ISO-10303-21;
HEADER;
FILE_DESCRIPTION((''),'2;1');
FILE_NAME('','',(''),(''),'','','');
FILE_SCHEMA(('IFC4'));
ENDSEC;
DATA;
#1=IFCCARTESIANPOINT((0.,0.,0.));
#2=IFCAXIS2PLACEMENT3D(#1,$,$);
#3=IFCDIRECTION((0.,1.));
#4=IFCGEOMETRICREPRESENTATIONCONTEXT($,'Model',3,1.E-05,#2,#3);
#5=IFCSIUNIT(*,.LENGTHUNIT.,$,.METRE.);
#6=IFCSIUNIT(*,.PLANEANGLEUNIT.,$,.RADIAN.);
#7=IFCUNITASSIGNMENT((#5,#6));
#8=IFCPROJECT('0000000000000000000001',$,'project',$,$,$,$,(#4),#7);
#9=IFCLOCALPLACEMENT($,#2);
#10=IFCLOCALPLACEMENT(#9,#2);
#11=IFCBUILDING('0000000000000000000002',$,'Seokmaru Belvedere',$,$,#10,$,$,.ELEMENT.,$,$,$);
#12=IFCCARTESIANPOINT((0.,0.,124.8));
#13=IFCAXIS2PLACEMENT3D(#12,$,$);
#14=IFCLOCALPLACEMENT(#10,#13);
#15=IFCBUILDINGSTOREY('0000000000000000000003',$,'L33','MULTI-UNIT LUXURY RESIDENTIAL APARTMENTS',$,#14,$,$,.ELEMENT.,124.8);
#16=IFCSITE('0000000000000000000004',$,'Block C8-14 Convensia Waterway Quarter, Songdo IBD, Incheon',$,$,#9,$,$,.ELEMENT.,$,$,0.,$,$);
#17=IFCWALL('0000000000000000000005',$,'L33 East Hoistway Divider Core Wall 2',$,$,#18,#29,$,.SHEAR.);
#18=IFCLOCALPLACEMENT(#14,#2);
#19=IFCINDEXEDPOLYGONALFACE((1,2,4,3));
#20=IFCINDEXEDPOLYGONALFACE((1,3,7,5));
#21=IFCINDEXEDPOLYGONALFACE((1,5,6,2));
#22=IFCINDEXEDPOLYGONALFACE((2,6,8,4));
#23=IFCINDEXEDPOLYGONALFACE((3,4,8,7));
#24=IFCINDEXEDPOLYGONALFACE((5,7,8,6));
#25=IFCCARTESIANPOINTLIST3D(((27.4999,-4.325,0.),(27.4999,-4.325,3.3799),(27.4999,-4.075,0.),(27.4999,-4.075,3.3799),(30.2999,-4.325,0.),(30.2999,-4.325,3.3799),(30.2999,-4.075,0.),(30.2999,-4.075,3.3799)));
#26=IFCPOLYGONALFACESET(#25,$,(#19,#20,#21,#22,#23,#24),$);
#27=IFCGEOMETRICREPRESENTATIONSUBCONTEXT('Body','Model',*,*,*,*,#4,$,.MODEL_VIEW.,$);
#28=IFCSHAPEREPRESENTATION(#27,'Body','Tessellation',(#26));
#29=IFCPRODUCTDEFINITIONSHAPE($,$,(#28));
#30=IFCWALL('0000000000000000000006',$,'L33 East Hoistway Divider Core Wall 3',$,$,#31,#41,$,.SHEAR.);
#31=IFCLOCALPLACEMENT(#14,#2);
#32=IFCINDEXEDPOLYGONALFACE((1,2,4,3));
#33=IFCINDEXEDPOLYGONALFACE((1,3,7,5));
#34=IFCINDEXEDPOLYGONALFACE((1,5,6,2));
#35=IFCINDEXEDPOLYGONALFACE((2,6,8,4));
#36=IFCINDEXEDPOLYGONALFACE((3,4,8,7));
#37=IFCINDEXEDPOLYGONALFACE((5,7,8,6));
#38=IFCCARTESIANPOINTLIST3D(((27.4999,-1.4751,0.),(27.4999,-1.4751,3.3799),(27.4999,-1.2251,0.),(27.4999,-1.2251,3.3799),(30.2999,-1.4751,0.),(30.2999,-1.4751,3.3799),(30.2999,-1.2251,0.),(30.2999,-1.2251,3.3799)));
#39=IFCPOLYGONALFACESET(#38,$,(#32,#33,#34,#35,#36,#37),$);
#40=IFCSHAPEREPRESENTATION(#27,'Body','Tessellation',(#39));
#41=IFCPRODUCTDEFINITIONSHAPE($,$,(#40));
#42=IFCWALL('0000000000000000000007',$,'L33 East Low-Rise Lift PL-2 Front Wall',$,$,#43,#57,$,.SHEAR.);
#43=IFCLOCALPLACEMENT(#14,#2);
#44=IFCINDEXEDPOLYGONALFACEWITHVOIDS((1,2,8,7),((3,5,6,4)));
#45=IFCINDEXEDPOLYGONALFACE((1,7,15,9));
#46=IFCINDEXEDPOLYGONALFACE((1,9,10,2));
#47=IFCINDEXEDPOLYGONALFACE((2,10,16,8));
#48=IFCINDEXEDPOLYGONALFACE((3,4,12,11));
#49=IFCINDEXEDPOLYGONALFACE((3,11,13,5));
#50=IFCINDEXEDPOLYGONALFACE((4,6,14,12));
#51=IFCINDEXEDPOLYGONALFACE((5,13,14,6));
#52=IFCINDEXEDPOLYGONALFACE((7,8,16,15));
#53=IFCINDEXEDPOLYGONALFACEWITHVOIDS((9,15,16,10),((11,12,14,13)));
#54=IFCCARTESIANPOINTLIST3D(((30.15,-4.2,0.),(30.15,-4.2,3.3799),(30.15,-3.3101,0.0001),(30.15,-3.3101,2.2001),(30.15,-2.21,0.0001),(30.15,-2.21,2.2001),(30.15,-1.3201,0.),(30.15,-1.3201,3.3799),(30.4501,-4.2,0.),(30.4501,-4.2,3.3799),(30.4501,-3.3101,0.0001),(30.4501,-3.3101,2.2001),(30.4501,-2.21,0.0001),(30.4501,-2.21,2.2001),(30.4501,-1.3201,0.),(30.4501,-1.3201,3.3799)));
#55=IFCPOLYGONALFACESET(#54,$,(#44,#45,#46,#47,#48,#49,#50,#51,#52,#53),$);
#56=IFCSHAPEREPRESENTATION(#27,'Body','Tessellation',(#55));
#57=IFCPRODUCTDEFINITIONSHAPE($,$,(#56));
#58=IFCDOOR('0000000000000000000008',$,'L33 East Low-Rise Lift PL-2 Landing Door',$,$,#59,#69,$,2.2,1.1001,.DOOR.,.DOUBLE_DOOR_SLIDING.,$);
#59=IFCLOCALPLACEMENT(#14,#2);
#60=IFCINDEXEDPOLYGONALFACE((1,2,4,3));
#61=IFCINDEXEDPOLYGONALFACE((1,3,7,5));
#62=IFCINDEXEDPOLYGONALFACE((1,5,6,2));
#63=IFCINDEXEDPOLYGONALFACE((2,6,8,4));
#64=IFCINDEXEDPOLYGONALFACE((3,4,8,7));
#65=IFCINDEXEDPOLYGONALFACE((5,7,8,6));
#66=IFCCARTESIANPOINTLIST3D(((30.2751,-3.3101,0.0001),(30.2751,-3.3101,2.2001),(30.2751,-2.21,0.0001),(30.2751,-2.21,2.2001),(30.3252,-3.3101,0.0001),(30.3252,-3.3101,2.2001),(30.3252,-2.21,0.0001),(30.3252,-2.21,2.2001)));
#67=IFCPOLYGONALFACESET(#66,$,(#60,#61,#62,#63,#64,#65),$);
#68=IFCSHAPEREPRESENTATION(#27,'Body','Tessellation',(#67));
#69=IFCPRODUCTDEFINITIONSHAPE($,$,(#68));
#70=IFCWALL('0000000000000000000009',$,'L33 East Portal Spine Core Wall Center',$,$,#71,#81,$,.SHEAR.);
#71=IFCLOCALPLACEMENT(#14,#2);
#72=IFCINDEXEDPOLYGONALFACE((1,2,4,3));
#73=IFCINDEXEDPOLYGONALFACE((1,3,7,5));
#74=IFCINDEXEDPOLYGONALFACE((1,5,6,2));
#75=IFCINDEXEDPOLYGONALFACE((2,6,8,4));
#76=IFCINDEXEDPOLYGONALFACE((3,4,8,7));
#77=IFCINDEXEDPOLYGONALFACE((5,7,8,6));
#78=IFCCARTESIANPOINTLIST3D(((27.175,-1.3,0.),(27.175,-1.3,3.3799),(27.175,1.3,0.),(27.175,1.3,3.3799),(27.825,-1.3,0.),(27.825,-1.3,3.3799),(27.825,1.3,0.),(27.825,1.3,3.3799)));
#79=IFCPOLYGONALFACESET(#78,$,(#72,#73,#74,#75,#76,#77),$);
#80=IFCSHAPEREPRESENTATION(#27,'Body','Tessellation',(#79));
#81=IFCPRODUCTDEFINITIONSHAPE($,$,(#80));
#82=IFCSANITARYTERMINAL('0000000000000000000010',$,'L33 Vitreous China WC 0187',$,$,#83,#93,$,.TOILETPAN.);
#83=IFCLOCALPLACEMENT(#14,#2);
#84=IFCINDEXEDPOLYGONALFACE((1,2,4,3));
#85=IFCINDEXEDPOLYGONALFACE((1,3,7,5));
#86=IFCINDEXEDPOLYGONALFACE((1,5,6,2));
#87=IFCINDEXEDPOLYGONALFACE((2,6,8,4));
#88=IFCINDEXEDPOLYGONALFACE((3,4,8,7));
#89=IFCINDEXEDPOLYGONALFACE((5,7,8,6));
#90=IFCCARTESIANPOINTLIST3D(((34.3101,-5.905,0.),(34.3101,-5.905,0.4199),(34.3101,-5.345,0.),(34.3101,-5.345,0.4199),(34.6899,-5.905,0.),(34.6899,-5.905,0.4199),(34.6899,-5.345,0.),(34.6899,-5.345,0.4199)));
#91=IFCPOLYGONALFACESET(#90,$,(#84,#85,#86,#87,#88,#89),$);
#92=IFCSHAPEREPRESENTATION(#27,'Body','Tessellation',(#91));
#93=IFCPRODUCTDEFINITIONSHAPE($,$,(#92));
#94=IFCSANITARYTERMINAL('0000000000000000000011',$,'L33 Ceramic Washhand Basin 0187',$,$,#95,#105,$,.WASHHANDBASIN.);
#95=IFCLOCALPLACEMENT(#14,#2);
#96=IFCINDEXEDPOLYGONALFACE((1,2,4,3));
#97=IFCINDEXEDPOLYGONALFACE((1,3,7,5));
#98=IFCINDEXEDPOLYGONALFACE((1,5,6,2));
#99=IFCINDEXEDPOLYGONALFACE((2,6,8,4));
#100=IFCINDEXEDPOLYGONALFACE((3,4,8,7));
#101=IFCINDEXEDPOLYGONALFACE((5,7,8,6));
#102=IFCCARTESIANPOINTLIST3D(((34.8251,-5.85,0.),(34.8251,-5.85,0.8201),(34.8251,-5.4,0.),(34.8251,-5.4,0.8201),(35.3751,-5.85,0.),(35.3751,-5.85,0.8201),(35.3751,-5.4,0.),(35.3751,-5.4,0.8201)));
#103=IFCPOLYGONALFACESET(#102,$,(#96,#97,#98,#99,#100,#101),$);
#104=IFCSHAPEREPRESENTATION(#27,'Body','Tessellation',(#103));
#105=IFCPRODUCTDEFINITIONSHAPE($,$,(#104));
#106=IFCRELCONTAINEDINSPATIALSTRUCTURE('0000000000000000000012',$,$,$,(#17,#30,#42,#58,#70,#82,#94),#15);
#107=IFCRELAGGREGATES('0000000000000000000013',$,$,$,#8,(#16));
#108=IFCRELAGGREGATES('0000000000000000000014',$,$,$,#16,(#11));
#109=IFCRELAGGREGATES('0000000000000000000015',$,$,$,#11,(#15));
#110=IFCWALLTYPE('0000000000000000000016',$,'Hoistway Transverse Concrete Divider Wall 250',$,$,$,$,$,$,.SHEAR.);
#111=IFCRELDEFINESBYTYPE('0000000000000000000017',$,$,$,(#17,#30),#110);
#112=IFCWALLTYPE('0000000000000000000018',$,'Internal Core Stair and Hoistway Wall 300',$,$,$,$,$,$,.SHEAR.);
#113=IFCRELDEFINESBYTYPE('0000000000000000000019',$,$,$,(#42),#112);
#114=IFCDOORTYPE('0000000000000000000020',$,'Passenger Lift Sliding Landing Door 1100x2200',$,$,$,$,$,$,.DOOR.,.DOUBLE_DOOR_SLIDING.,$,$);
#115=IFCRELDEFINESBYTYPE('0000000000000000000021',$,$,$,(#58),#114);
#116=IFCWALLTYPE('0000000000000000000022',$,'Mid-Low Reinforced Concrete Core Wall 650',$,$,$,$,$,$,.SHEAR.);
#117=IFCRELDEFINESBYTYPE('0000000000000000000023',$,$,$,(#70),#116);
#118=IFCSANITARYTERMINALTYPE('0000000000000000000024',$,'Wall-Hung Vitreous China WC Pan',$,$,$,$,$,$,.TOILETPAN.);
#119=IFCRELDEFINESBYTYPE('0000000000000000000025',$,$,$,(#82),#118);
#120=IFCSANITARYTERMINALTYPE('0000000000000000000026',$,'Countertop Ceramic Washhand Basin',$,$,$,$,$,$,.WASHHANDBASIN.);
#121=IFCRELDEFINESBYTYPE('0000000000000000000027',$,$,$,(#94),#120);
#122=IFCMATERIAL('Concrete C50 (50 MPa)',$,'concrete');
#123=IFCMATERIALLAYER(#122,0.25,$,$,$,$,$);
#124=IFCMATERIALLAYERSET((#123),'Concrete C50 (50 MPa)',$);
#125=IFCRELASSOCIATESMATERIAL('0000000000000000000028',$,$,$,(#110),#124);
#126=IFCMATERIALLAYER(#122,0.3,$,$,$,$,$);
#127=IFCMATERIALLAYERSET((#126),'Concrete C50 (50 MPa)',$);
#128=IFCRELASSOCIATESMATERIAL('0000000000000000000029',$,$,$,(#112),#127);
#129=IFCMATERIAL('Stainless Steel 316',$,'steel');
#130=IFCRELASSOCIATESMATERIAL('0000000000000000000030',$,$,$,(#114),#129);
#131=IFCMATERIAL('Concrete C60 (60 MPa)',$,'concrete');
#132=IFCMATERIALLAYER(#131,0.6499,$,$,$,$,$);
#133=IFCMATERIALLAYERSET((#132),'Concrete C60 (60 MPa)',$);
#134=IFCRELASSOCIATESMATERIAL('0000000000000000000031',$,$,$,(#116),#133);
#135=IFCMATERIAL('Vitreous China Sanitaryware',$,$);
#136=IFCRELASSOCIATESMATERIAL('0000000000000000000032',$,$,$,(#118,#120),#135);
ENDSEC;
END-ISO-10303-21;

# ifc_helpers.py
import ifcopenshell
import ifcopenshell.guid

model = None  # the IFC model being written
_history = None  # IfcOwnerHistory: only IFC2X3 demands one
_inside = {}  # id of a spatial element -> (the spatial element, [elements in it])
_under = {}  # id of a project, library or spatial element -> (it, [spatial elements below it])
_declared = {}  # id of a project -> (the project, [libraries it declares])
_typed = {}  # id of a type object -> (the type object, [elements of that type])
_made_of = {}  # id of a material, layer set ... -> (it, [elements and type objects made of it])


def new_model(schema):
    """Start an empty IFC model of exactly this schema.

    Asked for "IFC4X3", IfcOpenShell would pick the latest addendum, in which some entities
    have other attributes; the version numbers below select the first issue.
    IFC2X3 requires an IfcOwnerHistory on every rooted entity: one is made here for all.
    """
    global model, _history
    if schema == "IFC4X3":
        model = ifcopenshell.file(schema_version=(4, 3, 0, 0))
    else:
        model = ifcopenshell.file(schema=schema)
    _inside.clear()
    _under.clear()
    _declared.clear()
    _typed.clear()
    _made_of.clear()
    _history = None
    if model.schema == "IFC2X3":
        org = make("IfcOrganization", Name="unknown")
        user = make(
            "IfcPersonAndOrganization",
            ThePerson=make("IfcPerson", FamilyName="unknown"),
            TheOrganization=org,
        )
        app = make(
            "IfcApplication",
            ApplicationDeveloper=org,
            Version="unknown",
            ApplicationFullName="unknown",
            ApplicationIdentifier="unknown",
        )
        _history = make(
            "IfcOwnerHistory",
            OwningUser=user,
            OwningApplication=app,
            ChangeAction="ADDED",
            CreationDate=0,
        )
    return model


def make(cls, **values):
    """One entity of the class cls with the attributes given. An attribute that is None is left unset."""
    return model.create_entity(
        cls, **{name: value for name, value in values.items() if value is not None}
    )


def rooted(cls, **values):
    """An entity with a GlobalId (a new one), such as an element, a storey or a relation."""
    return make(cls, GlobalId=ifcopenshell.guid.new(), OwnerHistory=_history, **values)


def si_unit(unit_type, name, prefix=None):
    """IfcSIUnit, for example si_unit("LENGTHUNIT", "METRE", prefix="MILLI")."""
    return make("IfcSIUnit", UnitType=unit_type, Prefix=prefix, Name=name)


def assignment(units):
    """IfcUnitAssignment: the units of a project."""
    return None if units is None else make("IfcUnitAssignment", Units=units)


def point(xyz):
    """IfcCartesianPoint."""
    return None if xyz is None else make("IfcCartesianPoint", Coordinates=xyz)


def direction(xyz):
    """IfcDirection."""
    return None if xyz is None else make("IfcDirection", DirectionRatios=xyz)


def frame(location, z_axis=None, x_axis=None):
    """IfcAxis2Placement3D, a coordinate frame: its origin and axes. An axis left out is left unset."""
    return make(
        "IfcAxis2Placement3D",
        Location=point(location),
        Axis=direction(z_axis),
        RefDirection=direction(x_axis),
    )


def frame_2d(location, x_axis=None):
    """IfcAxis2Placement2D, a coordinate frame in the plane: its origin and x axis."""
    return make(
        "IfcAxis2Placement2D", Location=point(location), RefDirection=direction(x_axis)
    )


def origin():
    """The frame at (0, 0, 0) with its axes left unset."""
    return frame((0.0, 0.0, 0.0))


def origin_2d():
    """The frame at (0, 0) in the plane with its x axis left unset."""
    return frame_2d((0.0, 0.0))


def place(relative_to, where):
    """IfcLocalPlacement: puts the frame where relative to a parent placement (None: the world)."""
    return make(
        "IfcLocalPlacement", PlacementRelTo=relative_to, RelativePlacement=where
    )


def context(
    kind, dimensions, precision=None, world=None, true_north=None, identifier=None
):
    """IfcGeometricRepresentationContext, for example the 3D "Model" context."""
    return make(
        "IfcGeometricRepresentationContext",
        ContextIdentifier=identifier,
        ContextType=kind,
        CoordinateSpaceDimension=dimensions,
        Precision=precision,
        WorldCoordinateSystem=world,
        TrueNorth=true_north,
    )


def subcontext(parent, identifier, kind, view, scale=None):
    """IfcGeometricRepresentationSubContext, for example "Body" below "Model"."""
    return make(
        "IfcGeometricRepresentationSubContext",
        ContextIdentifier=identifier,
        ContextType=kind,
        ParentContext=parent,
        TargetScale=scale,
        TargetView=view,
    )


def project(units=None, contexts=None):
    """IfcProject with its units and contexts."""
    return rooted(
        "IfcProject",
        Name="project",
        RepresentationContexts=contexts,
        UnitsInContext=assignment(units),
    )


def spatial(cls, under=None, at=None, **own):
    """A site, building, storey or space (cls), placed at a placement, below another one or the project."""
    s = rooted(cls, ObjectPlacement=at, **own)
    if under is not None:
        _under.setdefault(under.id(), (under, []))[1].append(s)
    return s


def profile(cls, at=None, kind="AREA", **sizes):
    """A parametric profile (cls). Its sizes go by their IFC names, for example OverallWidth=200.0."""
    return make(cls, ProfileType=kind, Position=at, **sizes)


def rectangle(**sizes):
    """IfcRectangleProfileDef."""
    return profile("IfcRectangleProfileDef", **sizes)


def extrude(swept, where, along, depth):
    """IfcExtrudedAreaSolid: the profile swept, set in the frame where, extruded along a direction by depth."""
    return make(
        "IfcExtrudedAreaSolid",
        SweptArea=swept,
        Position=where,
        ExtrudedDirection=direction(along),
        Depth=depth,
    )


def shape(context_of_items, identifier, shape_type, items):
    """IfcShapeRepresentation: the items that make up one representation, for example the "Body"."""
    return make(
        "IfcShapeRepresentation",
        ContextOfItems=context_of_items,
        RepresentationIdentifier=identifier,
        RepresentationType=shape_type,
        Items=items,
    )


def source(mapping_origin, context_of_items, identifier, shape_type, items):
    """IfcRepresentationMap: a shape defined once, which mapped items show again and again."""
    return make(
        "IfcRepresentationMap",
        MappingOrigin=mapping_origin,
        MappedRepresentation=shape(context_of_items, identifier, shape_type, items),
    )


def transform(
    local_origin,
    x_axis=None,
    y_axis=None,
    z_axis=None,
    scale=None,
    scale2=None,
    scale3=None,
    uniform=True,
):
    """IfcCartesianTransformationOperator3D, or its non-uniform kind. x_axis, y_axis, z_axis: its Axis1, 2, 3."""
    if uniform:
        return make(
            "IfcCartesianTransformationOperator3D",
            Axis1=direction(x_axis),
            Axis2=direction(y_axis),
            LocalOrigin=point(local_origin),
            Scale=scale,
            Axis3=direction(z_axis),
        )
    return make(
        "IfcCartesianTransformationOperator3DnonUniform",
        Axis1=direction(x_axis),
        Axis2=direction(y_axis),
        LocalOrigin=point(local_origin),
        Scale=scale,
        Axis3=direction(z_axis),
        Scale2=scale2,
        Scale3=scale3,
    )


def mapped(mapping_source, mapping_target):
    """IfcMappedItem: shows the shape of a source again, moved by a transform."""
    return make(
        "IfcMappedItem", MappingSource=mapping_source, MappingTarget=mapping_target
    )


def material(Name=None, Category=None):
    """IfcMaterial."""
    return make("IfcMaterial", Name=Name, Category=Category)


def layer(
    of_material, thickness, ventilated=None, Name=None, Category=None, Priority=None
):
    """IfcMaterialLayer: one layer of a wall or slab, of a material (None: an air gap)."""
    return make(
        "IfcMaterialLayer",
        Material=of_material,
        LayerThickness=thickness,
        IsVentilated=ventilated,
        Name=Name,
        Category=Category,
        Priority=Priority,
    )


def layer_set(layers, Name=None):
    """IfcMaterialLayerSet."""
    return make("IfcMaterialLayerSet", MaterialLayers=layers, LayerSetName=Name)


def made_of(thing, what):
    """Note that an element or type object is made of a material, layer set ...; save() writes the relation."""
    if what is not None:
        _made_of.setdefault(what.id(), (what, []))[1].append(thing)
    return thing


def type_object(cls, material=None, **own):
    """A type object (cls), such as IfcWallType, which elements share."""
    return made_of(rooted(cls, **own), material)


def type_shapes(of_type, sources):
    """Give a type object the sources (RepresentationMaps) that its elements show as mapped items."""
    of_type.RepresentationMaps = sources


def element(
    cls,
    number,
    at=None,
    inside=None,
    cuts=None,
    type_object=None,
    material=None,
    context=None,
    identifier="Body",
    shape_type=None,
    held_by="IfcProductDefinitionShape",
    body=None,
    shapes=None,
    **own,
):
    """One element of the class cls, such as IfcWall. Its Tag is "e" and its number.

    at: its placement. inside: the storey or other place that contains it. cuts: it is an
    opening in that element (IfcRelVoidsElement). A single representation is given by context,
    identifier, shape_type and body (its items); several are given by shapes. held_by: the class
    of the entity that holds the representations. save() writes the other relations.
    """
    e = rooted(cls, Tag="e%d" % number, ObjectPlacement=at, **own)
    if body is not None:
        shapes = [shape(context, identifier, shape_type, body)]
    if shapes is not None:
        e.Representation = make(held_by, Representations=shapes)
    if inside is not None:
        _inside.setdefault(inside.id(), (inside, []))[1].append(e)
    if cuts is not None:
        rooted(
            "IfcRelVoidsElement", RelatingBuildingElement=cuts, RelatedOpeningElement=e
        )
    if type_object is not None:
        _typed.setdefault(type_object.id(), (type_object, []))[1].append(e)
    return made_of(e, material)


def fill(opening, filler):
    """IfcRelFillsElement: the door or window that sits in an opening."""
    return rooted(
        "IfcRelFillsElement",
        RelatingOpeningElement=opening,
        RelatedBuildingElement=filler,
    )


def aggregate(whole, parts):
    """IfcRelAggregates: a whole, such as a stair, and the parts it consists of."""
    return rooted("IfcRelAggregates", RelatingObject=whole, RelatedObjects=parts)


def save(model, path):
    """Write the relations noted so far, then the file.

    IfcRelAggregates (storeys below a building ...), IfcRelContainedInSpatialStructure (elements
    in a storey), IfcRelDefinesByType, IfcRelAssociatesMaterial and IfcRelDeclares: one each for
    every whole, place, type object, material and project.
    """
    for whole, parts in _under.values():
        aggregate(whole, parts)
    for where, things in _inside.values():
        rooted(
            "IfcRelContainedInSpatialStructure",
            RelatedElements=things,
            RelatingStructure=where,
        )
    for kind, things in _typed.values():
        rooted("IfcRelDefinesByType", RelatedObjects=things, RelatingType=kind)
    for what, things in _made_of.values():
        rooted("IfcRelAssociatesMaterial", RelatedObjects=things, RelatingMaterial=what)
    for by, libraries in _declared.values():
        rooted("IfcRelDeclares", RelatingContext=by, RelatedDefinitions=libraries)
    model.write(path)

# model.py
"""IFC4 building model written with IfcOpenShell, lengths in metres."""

from ifc_helpers import new_model, si_unit, direction, frame, frame_2d, origin, origin_2d, place, context, subcontext, project, spatial, rectangle, extrude, source, transform, mapped, material, layer, layer_set, type_object, type_shapes, element, fill, save


model = new_model("IFC4")

# Units and contexts
model_context = context("Model", 3, precision=1e-05, world=origin(), true_north=direction((0.0, 1.0)))
body_context = subcontext(model_context, "Body", "Model", "MODEL_VIEW")
ifc_project = project(units=[si_unit("LENGTHUNIT", "METRE"), si_unit("PLANEANGLEUNIT", "RADIAN")], contexts=[model_context])

# Site, building, storey
site_placement = place(None, origin())
site = spatial("IfcSite", under=ifc_project, at=site_placement, Name="Block C8-14 Convensia Waterway Quarter, Songdo IBD, Incheon", CompositionType="ELEMENT", RefElevation=0.0)
building_placement = place(site_placement, origin())
building = spatial("IfcBuilding", under=site, at=building_placement, Name="Seokmaru Belvedere", CompositionType="ELEMENT")
storey_placement = place(building_placement, frame((0.0, 0.0, 124.8)))
storey = spatial("IfcBuildingStorey", under=building, at=storey_placement, Name="L33", Description="MULTI-UNIT LUXURY RESIDENTIAL APARTMENTS", CompositionType="ELEMENT", Elevation=124.8)

# Walls
ifc_material_1 = material(Name="Concrete C50 (50 MPa)", Category="concrete")
ifc_layer_1 = layer(ifc_material_1, 0.25)
ifc_layer_set_1 = layer_set([ifc_layer_1], Name="Concrete C50 (50 MPa)")
wall_type_1 = type_object("IfcWallType", Name="Hoistway Transverse Concrete Divider Wall 250", PredefinedType="SHEAR", material=ifc_layer_set_1)
for number, where, z_axis, x_axis, name in (
    (1, (27.5, -4.2, 0.0), (0.0, 0.0, 1.0), (1.0, 0.0, 0.0), "L33 East Hoistway Divider Core Wall 2"),
    (2, (27.5, -1.3501, 0.0), (0.0, 0.0, 1.0), (1.0, 0.0, 0.0), "L33 East Hoistway Divider Core Wall 3"),
):
    element("IfcWall", number, at=place(storey_placement, frame(where, z_axis=z_axis, x_axis=x_axis)), inside=storey, type_object=wall_type_1, Name=name, PredefinedType="SHEAR", context=body_context, shape_type="SweptSolid", body=[
        extrude(rectangle(XDim=2.8, YDim=0.25, at=frame_2d((1.3999, 0.0))), origin(), (0.0, 0.0, 1.0), 3.3799),
    ])

# Wall, opening, door
ifc_layer_2 = layer(ifc_material_1, 0.3)
ifc_layer_set_2 = layer_set([ifc_layer_2], Name="Concrete C50 (50 MPa)")
wall_type_2 = type_object("IfcWallType", Name="Internal Core Stair and Hoistway Wall 300", PredefinedType="SHEAR", material=ifc_layer_set_2)
wall_1_placement = place(storey_placement, frame((30.3, -4.2, 0.0), z_axis=(0.0, 0.0, 1.0), x_axis=(0.0, 1.0, 0.0)))
wall_1 = element("IfcWall", 3, at=wall_1_placement, inside=storey, type_object=wall_type_2, Name="L33 East Low-Rise Lift PL-2 Front Wall", PredefinedType="SHEAR", context=body_context, shape_type="SweptSolid", body=[
    extrude(rectangle(XDim=2.8799, YDim=0.3, at=frame_2d((1.4399, 0.0))), origin(), (0.0, 0.0, 1.0), 3.3799),
])
opening_1_placement = place(wall_1_placement, frame((0.8899, 0.0, 0.0)))
opening_1 = element("IfcOpeningElement", 4, at=opening_1_placement, cuts=wall_1, PredefinedType="OPENING", context=body_context, shape_type="SweptSolid", body=[
    extrude(rectangle(XDim=1.1001, YDim=2.2, at=frame_2d((0.55, 1.1001))), frame((0.0, 0.1602, 0.0), z_axis=(0.0, -1.0, 0.0), x_axis=(1.0, 0.0, 0.0)), (0.0, 0.0, 1.0), 0.3201),
])
ifc_material_2 = material(Name="Stainless Steel 316", Category="steel")
door_type_1 = type_object("IfcDoorType", Name="Passenger Lift Sliding Landing Door 1100x2200", OperationType="DOUBLE_DOOR_SLIDING", PredefinedType="DOOR", material=ifc_material_2)
shared_shape_1 = source(origin(), body_context, "Body", "SweptSolid", [
    extrude(rectangle(XDim=1.1001, YDim=2.2, at=frame_2d((0.55, 1.1001))), frame((0.0, 0.0249, 0.0), z_axis=(0.0, -1.0, 0.0), x_axis=(1.0, 0.0, 0.0)), (0.0, 0.0, 1.0), 0.05),
])
type_shapes(door_type_1, [shared_shape_1])
door_1_placement = place(opening_1_placement, origin())
door_1 = element("IfcDoor", 5, at=door_1_placement, inside=storey, type_object=door_type_1, Name="L33 East Low-Rise Lift PL-2 Landing Door", OperationType="DOUBLE_DOOR_SLIDING", OverallHeight=2.2, OverallWidth=1.1001, PredefinedType="DOOR", context=body_context, shape_type="MappedRepresentation", body=[
    mapped(shared_shape_1, transform((0.0, 0.0, 0.0), scale=1.0)),
])
fill(opening_1, door_1)

# Wall
ifc_material_3 = material(Name="Concrete C60 (60 MPa)", Category="concrete")
ifc_layer_3 = layer(ifc_material_3, 0.6499)
ifc_layer_set_3 = layer_set([ifc_layer_3], Name="Concrete C60 (60 MPa)")
wall_type_3 = type_object("IfcWallType", Name="Mid-Low Reinforced Concrete Core Wall 650", PredefinedType="SHEAR", material=ifc_layer_set_3)
wall_2_placement = place(storey_placement, frame((27.5, -1.3, 0.0), z_axis=(0.0, 0.0, 1.0), x_axis=(0.0, 1.0, 0.0)))
element("IfcWall", 6, at=wall_2_placement, inside=storey, type_object=wall_type_3, Name="L33 East Portal Spine Core Wall Center", PredefinedType="SHEAR", context=body_context, shape_type="SweptSolid", body=[
    extrude(rectangle(XDim=2.6001, YDim=0.6499, at=frame_2d((1.3, 0.0))), origin(), (0.0, 0.0, 1.0), 3.3799),
])

# Sanitary terminals
ifc_material_4 = material(Name="Vitreous China Sanitaryware")
sanitary_terminal_type_1 = type_object("IfcSanitaryTerminalType", Name="Wall-Hung Vitreous China WC Pan", PredefinedType="TOILETPAN", material=ifc_material_4)
shared_shape_2 = source(origin(), body_context, "Body", "SweptSolid", [
    extrude(rectangle(XDim=0.3799, YDim=0.5601, at=origin_2d()), origin(), (0.0, 0.0, 1.0), 0.4199),
])
type_shapes(sanitary_terminal_type_1, [shared_shape_2])
sanitary_terminal_1_placement = place(storey_placement, frame((34.5, -5.625, 0.0), z_axis=(0.0, 0.0, 1.0), x_axis=(1.0, 0.0, 0.0)))
element("IfcSanitaryTerminal", 7, at=sanitary_terminal_1_placement, inside=storey, type_object=sanitary_terminal_type_1, Name="L33 Vitreous China WC 0187", PredefinedType="TOILETPAN", context=body_context, shape_type="MappedRepresentation", body=[
    mapped(shared_shape_2, transform((0.0, 0.0, 0.0), scale=1.0)),
])
sanitary_terminal_type_2 = type_object("IfcSanitaryTerminalType", Name="Countertop Ceramic Washhand Basin", PredefinedType="WASHHANDBASIN", material=ifc_material_4)
shared_shape_3 = source(origin(), body_context, "Body", "SweptSolid", [
    extrude(rectangle(XDim=0.55, YDim=0.45, at=origin_2d()), origin(), (0.0, 0.0, 1.0), 0.8201),
])
type_shapes(sanitary_terminal_type_2, [shared_shape_3])
sanitary_terminal_2_placement = place(storey_placement, frame((35.1001, -5.625, 0.0), z_axis=(0.0, 0.0, 1.0), x_axis=(1.0, 0.0, 0.0)))
element("IfcSanitaryTerminal", 8, at=sanitary_terminal_2_placement, inside=storey, type_object=sanitary_terminal_type_2, Name="L33 Ceramic Washhand Basin 0187", PredefinedType="WASHHANDBASIN", context=body_context, shape_type="MappedRepresentation", body=[
    mapped(shared_shape_3, transform((0.0, 0.0, 0.0), scale=1.0)),
])

save(model, "model.ifc")
